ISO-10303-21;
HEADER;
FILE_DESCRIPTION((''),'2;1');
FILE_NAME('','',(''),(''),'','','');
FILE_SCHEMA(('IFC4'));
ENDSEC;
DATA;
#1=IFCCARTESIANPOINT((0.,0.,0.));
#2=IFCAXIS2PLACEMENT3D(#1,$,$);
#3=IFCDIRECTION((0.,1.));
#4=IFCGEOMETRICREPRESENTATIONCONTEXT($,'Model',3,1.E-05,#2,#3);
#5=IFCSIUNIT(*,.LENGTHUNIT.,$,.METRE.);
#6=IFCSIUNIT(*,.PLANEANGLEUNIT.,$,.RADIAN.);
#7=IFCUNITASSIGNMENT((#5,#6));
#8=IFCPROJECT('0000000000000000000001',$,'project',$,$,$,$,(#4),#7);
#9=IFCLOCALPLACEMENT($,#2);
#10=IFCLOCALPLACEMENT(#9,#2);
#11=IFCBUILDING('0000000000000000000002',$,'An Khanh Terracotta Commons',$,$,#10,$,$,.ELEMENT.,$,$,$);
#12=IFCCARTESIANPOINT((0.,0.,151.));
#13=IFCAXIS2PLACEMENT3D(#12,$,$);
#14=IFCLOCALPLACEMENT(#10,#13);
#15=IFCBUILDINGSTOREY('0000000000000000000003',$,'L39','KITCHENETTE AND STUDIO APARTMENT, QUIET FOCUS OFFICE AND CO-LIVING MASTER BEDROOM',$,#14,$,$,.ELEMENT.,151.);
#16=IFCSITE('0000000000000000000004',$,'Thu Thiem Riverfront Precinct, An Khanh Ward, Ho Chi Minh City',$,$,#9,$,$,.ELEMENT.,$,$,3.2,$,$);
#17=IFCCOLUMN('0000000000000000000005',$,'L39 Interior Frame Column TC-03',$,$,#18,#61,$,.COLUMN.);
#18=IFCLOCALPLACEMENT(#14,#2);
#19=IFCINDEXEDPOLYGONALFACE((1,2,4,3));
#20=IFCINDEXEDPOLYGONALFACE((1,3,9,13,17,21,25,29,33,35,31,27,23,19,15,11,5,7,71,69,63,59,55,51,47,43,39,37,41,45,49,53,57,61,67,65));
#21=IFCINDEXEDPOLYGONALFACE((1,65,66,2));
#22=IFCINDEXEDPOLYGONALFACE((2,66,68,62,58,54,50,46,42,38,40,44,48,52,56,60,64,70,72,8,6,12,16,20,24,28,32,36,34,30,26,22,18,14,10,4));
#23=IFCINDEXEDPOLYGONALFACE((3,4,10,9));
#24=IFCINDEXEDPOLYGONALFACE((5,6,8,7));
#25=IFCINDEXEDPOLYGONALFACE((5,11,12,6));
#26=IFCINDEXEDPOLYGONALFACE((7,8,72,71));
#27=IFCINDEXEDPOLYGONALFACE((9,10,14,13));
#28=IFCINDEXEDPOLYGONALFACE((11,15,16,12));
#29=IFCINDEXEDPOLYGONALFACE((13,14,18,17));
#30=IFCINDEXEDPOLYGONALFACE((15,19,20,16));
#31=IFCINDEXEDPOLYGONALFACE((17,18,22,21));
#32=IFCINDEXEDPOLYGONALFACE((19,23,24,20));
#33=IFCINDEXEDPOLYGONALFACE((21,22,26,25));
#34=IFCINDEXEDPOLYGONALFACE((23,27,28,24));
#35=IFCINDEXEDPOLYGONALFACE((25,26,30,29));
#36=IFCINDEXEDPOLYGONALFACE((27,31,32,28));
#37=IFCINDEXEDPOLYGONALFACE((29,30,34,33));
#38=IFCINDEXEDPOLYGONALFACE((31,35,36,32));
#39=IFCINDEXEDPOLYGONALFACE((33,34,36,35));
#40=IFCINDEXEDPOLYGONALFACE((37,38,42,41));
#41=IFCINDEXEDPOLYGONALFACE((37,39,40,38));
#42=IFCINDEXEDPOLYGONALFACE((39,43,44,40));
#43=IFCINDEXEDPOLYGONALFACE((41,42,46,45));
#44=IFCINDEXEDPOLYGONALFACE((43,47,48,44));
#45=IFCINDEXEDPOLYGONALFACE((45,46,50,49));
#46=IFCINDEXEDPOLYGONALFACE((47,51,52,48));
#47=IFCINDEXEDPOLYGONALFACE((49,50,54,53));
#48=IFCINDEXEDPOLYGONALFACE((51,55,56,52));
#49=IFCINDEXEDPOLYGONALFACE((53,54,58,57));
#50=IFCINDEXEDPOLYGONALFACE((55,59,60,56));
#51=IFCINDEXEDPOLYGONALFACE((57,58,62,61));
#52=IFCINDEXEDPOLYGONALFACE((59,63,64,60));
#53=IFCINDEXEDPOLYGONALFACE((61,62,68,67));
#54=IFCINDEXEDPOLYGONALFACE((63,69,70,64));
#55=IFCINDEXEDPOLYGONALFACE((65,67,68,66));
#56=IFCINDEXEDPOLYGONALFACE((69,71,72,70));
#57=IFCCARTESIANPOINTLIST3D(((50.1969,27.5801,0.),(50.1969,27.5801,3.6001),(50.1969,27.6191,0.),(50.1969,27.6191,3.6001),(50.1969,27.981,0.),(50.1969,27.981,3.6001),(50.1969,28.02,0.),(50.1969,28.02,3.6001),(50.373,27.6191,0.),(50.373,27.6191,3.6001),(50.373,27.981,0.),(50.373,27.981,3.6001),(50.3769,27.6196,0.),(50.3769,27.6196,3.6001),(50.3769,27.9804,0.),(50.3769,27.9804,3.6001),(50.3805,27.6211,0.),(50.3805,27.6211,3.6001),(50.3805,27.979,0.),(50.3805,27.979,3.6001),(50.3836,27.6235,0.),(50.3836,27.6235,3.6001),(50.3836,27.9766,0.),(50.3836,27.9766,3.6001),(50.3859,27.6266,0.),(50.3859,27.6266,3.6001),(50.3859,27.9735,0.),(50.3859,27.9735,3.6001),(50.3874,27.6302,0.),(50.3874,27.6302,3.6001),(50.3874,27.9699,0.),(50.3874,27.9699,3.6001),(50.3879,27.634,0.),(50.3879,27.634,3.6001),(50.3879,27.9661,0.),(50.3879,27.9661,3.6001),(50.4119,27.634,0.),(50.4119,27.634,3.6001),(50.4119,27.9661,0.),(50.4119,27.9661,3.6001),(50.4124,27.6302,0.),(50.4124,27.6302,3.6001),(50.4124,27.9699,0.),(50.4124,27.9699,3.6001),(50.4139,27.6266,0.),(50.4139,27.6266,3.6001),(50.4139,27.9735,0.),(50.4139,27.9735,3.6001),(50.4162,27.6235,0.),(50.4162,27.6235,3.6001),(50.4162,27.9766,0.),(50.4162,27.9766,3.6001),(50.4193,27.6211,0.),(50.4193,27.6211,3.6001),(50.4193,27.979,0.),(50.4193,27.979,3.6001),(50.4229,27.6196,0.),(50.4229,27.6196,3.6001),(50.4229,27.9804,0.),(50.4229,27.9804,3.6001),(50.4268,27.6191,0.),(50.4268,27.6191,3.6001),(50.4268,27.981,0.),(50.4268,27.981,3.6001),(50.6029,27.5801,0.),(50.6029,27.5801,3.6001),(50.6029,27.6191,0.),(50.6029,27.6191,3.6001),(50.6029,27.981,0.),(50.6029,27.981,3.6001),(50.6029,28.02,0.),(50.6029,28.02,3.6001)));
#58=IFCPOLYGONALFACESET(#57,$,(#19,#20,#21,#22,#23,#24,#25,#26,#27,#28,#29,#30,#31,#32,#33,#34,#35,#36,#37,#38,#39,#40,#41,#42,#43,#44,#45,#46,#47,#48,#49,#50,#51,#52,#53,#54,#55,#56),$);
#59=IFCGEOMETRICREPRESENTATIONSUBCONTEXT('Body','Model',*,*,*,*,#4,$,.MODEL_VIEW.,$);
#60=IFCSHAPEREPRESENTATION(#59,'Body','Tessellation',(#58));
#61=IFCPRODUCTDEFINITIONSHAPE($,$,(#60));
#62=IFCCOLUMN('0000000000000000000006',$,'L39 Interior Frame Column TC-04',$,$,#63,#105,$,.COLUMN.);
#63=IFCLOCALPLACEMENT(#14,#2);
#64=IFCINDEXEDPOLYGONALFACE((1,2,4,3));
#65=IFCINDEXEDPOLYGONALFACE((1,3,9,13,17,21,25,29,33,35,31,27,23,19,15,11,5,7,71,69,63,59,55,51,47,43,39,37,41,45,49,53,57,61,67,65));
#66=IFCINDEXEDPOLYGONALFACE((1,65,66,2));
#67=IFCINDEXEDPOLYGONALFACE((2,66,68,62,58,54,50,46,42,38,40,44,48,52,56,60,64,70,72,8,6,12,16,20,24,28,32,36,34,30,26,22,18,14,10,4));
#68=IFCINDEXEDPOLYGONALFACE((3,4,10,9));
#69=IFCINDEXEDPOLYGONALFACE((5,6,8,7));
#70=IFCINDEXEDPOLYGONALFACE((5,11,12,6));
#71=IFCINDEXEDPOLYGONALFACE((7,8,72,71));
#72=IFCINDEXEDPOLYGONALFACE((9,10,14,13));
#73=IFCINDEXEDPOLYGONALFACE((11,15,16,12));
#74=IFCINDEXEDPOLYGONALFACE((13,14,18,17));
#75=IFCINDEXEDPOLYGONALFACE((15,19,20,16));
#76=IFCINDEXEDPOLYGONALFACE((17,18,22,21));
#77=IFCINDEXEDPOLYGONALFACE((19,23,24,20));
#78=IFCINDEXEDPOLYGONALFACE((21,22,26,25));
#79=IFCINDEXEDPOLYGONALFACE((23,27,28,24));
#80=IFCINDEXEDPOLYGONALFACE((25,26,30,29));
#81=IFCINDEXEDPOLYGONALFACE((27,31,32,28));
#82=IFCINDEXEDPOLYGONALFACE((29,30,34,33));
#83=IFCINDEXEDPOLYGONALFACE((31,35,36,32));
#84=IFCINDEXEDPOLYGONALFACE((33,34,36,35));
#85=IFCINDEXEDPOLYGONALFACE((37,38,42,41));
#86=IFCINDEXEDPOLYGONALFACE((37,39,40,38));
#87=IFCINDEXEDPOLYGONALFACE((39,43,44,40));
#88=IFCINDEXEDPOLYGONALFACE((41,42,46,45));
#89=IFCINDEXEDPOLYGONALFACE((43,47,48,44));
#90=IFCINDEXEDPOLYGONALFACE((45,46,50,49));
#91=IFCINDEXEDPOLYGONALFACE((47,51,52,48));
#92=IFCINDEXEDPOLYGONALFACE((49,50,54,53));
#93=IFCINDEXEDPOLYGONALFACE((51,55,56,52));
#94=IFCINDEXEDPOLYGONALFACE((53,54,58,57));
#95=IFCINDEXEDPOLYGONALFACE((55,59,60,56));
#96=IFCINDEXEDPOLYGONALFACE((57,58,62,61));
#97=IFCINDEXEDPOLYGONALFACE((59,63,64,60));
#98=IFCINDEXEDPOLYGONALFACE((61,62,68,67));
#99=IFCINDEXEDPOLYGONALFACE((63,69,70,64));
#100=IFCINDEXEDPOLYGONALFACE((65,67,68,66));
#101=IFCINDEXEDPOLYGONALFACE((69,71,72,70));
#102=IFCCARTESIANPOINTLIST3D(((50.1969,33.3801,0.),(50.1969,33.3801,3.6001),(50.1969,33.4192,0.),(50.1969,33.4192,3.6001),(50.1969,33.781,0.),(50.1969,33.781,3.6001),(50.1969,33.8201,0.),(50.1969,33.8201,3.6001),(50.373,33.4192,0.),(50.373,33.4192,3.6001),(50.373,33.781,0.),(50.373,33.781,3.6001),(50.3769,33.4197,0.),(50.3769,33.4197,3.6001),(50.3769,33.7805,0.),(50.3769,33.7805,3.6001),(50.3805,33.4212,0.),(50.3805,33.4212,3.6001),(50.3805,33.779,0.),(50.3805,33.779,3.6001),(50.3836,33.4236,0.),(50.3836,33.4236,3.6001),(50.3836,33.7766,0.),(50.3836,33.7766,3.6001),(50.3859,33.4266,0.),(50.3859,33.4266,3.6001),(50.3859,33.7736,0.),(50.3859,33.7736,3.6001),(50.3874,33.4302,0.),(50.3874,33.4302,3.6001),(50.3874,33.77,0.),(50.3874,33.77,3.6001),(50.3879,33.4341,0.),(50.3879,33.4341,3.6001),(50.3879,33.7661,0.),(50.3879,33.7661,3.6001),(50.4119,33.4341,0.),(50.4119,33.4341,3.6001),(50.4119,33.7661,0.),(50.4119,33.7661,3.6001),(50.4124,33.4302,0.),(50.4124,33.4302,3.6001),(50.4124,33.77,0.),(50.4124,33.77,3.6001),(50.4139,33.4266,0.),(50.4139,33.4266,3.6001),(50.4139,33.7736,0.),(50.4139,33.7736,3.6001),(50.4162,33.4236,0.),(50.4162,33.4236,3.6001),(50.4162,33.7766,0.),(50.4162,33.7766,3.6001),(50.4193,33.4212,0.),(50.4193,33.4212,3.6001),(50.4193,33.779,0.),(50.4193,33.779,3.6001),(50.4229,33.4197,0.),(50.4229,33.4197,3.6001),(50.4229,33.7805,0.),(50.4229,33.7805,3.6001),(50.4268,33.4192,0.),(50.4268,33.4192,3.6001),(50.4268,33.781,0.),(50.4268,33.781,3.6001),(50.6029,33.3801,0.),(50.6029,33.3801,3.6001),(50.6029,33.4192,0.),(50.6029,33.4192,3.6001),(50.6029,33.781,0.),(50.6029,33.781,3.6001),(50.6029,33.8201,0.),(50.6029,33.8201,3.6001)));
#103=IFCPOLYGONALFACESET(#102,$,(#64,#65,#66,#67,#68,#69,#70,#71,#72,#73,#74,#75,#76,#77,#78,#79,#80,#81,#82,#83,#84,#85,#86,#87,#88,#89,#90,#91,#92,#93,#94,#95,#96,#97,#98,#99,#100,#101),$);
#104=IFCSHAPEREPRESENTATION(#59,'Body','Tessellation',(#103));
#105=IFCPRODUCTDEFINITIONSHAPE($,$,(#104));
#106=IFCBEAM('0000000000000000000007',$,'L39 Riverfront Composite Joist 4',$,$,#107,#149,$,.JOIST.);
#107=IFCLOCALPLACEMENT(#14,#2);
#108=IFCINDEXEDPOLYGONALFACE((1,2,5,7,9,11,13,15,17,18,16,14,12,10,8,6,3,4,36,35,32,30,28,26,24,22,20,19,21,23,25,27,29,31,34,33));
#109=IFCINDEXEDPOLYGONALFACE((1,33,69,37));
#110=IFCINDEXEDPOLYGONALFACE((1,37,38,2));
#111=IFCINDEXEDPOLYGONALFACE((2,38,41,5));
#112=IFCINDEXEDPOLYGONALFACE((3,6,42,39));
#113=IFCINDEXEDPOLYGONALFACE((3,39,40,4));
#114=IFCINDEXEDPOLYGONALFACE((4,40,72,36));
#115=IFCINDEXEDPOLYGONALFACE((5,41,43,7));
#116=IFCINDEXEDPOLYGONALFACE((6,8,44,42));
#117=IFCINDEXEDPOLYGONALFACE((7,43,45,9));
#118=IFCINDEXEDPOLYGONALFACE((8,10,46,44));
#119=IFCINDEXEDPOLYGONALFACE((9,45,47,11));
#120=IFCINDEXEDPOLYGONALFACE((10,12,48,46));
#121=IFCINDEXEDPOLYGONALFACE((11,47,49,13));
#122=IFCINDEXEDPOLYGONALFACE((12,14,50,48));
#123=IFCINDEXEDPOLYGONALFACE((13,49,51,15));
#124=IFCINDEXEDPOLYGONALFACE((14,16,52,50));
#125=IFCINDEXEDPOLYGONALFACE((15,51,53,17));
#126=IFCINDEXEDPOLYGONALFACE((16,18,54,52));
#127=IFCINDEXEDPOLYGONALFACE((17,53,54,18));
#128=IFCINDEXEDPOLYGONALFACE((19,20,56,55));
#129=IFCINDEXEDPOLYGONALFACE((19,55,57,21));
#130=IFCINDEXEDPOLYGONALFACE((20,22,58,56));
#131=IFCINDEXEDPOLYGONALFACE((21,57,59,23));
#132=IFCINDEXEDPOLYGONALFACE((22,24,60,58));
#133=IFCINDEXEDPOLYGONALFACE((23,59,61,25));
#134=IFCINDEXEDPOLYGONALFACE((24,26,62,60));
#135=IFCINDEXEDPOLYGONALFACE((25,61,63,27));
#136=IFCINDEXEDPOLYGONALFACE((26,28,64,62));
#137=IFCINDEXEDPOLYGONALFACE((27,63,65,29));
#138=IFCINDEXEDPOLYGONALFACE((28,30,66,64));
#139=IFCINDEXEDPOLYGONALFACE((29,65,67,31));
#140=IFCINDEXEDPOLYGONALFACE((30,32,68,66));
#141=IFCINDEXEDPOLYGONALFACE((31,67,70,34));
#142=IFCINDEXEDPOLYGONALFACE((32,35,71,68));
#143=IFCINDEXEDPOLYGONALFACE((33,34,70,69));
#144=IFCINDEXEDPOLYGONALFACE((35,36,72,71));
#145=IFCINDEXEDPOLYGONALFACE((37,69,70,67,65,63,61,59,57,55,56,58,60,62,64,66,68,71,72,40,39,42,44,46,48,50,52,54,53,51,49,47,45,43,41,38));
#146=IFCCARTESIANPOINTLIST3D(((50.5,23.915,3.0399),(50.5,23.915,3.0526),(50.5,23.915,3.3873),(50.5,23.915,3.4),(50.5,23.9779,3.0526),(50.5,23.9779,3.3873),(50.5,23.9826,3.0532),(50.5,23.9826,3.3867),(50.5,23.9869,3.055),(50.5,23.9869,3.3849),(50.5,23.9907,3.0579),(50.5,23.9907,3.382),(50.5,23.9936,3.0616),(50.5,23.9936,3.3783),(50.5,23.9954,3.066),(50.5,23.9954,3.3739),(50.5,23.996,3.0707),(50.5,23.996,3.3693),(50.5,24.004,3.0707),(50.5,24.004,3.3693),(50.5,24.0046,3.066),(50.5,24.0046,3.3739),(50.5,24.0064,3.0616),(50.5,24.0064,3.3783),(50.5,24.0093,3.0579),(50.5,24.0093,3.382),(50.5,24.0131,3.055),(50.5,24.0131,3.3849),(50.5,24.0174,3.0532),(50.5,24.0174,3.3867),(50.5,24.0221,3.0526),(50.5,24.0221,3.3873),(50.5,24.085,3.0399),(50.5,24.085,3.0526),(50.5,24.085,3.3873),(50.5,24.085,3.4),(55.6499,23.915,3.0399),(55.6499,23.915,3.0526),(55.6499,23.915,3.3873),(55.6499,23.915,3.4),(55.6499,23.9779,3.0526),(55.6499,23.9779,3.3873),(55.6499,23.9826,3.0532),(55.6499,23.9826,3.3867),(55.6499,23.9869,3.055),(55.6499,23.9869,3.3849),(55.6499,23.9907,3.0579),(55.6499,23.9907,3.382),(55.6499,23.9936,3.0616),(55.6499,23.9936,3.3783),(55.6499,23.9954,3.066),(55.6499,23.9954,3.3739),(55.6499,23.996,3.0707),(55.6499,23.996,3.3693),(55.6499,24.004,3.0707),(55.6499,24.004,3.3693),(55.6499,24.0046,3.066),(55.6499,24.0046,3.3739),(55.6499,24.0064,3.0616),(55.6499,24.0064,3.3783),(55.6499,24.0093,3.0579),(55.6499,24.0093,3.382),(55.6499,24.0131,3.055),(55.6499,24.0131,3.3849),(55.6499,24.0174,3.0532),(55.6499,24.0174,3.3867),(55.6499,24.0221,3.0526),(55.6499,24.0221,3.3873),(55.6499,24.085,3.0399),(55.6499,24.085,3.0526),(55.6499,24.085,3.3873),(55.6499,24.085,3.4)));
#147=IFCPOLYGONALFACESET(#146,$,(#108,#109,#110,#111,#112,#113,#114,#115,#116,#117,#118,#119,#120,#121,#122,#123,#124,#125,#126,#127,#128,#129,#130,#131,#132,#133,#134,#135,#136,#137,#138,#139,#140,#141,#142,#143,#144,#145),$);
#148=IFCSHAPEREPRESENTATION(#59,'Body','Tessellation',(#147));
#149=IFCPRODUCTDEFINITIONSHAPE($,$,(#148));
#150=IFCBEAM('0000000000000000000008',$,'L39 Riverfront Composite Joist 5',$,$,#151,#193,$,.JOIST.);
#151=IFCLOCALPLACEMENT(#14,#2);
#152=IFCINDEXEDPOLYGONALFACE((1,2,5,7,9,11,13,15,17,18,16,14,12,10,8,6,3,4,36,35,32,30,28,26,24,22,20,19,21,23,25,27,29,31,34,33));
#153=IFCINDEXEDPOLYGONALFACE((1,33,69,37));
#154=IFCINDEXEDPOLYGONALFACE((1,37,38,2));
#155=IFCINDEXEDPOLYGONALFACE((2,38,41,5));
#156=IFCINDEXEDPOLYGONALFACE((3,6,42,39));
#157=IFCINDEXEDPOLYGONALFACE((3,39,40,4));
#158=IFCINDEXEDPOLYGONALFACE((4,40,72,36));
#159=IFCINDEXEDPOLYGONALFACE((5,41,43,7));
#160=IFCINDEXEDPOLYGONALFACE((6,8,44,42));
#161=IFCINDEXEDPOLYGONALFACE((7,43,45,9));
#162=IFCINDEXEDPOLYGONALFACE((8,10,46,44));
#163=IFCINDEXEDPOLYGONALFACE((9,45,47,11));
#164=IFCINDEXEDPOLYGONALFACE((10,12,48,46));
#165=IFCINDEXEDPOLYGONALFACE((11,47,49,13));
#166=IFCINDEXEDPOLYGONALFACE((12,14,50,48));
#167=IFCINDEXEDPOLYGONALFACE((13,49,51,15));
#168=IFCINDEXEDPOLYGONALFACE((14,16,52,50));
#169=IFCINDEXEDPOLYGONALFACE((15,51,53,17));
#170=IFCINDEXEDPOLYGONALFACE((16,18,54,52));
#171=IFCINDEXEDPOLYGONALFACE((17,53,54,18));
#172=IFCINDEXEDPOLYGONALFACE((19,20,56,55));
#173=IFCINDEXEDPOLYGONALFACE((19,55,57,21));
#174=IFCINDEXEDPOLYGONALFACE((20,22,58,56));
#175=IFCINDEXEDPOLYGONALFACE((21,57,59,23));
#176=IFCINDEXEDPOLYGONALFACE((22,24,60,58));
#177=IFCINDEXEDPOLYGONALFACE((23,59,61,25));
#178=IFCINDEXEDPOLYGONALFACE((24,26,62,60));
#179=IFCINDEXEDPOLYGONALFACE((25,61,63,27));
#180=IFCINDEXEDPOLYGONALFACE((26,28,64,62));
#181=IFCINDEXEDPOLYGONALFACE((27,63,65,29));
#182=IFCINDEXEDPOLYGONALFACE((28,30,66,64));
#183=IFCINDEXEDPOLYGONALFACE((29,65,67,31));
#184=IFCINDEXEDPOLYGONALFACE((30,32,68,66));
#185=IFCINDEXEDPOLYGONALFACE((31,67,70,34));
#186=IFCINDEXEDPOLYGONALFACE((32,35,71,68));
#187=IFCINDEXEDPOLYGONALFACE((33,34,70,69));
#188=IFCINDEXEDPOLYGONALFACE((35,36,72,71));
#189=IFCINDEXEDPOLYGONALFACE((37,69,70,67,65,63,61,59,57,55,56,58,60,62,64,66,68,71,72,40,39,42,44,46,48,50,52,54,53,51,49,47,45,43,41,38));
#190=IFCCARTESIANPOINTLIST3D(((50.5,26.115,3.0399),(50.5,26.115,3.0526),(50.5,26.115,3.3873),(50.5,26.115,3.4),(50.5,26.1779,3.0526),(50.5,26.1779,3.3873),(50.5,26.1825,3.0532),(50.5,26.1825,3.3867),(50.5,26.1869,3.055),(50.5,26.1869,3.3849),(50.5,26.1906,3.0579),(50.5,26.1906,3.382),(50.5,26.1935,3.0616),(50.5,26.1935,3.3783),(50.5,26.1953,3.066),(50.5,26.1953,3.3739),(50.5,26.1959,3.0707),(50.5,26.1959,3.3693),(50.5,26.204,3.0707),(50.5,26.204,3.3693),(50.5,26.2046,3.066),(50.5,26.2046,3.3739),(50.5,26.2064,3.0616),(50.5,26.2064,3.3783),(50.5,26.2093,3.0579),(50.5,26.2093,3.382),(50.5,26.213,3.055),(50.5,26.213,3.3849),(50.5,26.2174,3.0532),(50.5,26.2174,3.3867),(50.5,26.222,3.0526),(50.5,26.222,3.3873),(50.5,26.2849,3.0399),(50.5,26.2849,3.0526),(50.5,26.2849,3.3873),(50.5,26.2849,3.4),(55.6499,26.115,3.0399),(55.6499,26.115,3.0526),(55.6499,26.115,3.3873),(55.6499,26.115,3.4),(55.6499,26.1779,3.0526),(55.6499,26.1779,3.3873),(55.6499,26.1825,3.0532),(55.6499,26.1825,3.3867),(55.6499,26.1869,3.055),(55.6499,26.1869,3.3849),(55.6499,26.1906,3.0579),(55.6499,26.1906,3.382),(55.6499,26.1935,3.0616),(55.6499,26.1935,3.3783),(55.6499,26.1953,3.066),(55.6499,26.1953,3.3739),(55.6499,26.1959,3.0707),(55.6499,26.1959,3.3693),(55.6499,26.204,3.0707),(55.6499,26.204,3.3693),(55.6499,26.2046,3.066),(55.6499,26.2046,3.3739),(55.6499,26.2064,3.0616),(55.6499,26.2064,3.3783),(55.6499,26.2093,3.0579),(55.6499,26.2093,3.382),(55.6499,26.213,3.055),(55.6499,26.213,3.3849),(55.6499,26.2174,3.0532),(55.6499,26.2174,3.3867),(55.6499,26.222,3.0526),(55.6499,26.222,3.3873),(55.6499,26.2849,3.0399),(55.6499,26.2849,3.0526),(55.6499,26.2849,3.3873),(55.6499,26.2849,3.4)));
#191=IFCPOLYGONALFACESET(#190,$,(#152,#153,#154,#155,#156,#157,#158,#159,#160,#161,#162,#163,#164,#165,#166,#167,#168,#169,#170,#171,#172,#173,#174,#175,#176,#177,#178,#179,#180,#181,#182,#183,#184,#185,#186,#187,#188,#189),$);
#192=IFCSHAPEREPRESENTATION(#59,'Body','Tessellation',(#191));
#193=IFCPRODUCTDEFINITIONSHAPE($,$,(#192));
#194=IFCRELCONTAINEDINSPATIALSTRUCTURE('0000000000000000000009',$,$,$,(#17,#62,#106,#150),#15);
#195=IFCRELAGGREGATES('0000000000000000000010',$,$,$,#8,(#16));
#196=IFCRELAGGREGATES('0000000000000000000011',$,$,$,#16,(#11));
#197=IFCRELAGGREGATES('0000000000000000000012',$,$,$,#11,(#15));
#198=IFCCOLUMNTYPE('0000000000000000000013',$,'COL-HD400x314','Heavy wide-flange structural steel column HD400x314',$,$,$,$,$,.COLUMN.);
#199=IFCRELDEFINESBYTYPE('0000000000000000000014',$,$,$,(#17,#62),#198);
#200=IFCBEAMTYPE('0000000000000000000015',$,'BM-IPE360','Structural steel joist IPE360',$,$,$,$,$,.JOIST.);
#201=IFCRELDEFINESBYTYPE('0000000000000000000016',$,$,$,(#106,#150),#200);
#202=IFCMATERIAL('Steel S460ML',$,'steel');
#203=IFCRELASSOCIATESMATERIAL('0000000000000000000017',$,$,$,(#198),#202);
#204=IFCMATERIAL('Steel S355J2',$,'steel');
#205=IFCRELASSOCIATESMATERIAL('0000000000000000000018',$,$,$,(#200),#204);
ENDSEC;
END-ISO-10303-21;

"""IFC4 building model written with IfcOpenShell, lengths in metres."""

from ifc_helpers import new_model, si_unit, direction, frame, origin, origin_2d, place, context, subcontext, project, spatial, i_section, extrude, material, material_profile, profile_set, type_object, element, save


model = new_model("IFC4")

# Units and contexts
model_context = context("Model", 3, precision=1e-05, world=origin(), true_north=direction((0.0, 1.0)))
body_context = subcontext(model_context, "Body", "Model", "MODEL_VIEW")
ifc_project = project(units=[si_unit("LENGTHUNIT", "METRE"), si_unit("PLANEANGLEUNIT", "RADIAN")], contexts=[model_context])

# Site, building, storey
site_placement = place(None, origin())
site = spatial("IfcSite", under=ifc_project, at=site_placement, Name="Thu Thiem Riverfront Precinct, An Khanh Ward, Ho Chi Minh City", CompositionType="ELEMENT", RefElevation=3.2)
building_placement = place(site_placement, origin())
building = spatial("IfcBuilding", under=site, at=building_placement, Name="An Khanh Terracotta Commons", CompositionType="ELEMENT")
storey_placement = place(building_placement, frame((0.0, 0.0, 151.0)))
storey = spatial("IfcBuildingStorey", under=building, at=storey_placement, Name="L39", Description="KITCHENETTE AND STUDIO APARTMENT, QUIET FOCUS OFFICE AND CO-LIVING MASTER BEDROOM", CompositionType="ELEMENT", Elevation=151.0)

# Columns
ifc_material_1 = material(Name="Steel S460ML", Category="steel")
ifc_material_profile_1 = material_profile(ifc_material_1, i_section(OverallWidth=0.406, OverallDepth=0.4399, WebThickness=0.0239, FlangeThickness=0.0391, FilletRadius=0.0149, at=origin_2d()), Name="HD400x314")
ifc_profile_set_1 = profile_set([ifc_material_profile_1], Name="Steel S460ML")
column_type = type_object("IfcColumnType", Name="COL-HD400x314", Description="Heavy wide-flange structural steel column HD400x314", PredefinedType="COLUMN", material=ifc_profile_set_1)
for number, where, z_axis, x_axis, name in (
    (1, (50.3999, 27.8, 0.0), (0.0, 0.0, 1.0), (1.0, 0.0, 0.0), "L39 Interior Frame Column TC-03"),
    (2, (50.3999, 33.6001, 0.0), (0.0, 0.0, 1.0), (1.0, 0.0, 0.0), "L39 Interior Frame Column TC-04"),
):
    element("IfcColumn", number, at=place(storey_placement, frame(where, z_axis=z_axis, x_axis=x_axis)), inside=storey, type_object=column_type, Name=name, PredefinedType="COLUMN", context=body_context, shape_type="SweptSolid", body=[
        extrude(i_section(OverallWidth=0.406, OverallDepth=0.4399, WebThickness=0.0239, FlangeThickness=0.0391, FilletRadius=0.0149, at=origin_2d()), origin(), (0.0, 0.0, 1.0), 3.6001),
    ])

# Beams
ifc_material_2 = material(Name="Steel S355J2", Category="steel")
ifc_material_profile_2 = material_profile(ifc_material_2, i_section(OverallWidth=0.1699, OverallDepth=0.3601, WebThickness=0.0081, FlangeThickness=0.0127, FilletRadius=0.0181, at=origin_2d()), Name="IPE360")
ifc_profile_set_2 = profile_set([ifc_material_profile_2], Name="Steel S355J2")
beam_type_1 = type_object("IfcBeamType", Name="BM-IPE360", Description="Structural steel joist IPE360", PredefinedType="JOIST", material=ifc_profile_set_2)
for number, where, z_axis, x_axis, name in (
    (3, (50.5, 24.0, 3.22), (1.0, 0.0, 0.0), (0.0, 1.0, 0.0), "L39 Riverfront Composite Joist 4"),
    (4, (50.5, 26.2, 3.22), (1.0, 0.0, 0.0), (0.0, 1.0, 0.0), "L39 Riverfront Composite Joist 5"),
):
    element("IfcBeam", number, at=place(storey_placement, frame(where, z_axis=z_axis, x_axis=x_axis)), inside=storey, type_object=beam_type_1, Name=name, PredefinedType="JOIST", context=body_context, shape_type="SweptSolid", body=[
        extrude(i_section(OverallWidth=0.1699, OverallDepth=0.3601, WebThickness=0.0081, FlangeThickness=0.0127, FilletRadius=0.0181, at=origin_2d()), origin(), (0.0, 0.0, 1.0), 5.1499),
    ])

save(model, "model.ifc")
